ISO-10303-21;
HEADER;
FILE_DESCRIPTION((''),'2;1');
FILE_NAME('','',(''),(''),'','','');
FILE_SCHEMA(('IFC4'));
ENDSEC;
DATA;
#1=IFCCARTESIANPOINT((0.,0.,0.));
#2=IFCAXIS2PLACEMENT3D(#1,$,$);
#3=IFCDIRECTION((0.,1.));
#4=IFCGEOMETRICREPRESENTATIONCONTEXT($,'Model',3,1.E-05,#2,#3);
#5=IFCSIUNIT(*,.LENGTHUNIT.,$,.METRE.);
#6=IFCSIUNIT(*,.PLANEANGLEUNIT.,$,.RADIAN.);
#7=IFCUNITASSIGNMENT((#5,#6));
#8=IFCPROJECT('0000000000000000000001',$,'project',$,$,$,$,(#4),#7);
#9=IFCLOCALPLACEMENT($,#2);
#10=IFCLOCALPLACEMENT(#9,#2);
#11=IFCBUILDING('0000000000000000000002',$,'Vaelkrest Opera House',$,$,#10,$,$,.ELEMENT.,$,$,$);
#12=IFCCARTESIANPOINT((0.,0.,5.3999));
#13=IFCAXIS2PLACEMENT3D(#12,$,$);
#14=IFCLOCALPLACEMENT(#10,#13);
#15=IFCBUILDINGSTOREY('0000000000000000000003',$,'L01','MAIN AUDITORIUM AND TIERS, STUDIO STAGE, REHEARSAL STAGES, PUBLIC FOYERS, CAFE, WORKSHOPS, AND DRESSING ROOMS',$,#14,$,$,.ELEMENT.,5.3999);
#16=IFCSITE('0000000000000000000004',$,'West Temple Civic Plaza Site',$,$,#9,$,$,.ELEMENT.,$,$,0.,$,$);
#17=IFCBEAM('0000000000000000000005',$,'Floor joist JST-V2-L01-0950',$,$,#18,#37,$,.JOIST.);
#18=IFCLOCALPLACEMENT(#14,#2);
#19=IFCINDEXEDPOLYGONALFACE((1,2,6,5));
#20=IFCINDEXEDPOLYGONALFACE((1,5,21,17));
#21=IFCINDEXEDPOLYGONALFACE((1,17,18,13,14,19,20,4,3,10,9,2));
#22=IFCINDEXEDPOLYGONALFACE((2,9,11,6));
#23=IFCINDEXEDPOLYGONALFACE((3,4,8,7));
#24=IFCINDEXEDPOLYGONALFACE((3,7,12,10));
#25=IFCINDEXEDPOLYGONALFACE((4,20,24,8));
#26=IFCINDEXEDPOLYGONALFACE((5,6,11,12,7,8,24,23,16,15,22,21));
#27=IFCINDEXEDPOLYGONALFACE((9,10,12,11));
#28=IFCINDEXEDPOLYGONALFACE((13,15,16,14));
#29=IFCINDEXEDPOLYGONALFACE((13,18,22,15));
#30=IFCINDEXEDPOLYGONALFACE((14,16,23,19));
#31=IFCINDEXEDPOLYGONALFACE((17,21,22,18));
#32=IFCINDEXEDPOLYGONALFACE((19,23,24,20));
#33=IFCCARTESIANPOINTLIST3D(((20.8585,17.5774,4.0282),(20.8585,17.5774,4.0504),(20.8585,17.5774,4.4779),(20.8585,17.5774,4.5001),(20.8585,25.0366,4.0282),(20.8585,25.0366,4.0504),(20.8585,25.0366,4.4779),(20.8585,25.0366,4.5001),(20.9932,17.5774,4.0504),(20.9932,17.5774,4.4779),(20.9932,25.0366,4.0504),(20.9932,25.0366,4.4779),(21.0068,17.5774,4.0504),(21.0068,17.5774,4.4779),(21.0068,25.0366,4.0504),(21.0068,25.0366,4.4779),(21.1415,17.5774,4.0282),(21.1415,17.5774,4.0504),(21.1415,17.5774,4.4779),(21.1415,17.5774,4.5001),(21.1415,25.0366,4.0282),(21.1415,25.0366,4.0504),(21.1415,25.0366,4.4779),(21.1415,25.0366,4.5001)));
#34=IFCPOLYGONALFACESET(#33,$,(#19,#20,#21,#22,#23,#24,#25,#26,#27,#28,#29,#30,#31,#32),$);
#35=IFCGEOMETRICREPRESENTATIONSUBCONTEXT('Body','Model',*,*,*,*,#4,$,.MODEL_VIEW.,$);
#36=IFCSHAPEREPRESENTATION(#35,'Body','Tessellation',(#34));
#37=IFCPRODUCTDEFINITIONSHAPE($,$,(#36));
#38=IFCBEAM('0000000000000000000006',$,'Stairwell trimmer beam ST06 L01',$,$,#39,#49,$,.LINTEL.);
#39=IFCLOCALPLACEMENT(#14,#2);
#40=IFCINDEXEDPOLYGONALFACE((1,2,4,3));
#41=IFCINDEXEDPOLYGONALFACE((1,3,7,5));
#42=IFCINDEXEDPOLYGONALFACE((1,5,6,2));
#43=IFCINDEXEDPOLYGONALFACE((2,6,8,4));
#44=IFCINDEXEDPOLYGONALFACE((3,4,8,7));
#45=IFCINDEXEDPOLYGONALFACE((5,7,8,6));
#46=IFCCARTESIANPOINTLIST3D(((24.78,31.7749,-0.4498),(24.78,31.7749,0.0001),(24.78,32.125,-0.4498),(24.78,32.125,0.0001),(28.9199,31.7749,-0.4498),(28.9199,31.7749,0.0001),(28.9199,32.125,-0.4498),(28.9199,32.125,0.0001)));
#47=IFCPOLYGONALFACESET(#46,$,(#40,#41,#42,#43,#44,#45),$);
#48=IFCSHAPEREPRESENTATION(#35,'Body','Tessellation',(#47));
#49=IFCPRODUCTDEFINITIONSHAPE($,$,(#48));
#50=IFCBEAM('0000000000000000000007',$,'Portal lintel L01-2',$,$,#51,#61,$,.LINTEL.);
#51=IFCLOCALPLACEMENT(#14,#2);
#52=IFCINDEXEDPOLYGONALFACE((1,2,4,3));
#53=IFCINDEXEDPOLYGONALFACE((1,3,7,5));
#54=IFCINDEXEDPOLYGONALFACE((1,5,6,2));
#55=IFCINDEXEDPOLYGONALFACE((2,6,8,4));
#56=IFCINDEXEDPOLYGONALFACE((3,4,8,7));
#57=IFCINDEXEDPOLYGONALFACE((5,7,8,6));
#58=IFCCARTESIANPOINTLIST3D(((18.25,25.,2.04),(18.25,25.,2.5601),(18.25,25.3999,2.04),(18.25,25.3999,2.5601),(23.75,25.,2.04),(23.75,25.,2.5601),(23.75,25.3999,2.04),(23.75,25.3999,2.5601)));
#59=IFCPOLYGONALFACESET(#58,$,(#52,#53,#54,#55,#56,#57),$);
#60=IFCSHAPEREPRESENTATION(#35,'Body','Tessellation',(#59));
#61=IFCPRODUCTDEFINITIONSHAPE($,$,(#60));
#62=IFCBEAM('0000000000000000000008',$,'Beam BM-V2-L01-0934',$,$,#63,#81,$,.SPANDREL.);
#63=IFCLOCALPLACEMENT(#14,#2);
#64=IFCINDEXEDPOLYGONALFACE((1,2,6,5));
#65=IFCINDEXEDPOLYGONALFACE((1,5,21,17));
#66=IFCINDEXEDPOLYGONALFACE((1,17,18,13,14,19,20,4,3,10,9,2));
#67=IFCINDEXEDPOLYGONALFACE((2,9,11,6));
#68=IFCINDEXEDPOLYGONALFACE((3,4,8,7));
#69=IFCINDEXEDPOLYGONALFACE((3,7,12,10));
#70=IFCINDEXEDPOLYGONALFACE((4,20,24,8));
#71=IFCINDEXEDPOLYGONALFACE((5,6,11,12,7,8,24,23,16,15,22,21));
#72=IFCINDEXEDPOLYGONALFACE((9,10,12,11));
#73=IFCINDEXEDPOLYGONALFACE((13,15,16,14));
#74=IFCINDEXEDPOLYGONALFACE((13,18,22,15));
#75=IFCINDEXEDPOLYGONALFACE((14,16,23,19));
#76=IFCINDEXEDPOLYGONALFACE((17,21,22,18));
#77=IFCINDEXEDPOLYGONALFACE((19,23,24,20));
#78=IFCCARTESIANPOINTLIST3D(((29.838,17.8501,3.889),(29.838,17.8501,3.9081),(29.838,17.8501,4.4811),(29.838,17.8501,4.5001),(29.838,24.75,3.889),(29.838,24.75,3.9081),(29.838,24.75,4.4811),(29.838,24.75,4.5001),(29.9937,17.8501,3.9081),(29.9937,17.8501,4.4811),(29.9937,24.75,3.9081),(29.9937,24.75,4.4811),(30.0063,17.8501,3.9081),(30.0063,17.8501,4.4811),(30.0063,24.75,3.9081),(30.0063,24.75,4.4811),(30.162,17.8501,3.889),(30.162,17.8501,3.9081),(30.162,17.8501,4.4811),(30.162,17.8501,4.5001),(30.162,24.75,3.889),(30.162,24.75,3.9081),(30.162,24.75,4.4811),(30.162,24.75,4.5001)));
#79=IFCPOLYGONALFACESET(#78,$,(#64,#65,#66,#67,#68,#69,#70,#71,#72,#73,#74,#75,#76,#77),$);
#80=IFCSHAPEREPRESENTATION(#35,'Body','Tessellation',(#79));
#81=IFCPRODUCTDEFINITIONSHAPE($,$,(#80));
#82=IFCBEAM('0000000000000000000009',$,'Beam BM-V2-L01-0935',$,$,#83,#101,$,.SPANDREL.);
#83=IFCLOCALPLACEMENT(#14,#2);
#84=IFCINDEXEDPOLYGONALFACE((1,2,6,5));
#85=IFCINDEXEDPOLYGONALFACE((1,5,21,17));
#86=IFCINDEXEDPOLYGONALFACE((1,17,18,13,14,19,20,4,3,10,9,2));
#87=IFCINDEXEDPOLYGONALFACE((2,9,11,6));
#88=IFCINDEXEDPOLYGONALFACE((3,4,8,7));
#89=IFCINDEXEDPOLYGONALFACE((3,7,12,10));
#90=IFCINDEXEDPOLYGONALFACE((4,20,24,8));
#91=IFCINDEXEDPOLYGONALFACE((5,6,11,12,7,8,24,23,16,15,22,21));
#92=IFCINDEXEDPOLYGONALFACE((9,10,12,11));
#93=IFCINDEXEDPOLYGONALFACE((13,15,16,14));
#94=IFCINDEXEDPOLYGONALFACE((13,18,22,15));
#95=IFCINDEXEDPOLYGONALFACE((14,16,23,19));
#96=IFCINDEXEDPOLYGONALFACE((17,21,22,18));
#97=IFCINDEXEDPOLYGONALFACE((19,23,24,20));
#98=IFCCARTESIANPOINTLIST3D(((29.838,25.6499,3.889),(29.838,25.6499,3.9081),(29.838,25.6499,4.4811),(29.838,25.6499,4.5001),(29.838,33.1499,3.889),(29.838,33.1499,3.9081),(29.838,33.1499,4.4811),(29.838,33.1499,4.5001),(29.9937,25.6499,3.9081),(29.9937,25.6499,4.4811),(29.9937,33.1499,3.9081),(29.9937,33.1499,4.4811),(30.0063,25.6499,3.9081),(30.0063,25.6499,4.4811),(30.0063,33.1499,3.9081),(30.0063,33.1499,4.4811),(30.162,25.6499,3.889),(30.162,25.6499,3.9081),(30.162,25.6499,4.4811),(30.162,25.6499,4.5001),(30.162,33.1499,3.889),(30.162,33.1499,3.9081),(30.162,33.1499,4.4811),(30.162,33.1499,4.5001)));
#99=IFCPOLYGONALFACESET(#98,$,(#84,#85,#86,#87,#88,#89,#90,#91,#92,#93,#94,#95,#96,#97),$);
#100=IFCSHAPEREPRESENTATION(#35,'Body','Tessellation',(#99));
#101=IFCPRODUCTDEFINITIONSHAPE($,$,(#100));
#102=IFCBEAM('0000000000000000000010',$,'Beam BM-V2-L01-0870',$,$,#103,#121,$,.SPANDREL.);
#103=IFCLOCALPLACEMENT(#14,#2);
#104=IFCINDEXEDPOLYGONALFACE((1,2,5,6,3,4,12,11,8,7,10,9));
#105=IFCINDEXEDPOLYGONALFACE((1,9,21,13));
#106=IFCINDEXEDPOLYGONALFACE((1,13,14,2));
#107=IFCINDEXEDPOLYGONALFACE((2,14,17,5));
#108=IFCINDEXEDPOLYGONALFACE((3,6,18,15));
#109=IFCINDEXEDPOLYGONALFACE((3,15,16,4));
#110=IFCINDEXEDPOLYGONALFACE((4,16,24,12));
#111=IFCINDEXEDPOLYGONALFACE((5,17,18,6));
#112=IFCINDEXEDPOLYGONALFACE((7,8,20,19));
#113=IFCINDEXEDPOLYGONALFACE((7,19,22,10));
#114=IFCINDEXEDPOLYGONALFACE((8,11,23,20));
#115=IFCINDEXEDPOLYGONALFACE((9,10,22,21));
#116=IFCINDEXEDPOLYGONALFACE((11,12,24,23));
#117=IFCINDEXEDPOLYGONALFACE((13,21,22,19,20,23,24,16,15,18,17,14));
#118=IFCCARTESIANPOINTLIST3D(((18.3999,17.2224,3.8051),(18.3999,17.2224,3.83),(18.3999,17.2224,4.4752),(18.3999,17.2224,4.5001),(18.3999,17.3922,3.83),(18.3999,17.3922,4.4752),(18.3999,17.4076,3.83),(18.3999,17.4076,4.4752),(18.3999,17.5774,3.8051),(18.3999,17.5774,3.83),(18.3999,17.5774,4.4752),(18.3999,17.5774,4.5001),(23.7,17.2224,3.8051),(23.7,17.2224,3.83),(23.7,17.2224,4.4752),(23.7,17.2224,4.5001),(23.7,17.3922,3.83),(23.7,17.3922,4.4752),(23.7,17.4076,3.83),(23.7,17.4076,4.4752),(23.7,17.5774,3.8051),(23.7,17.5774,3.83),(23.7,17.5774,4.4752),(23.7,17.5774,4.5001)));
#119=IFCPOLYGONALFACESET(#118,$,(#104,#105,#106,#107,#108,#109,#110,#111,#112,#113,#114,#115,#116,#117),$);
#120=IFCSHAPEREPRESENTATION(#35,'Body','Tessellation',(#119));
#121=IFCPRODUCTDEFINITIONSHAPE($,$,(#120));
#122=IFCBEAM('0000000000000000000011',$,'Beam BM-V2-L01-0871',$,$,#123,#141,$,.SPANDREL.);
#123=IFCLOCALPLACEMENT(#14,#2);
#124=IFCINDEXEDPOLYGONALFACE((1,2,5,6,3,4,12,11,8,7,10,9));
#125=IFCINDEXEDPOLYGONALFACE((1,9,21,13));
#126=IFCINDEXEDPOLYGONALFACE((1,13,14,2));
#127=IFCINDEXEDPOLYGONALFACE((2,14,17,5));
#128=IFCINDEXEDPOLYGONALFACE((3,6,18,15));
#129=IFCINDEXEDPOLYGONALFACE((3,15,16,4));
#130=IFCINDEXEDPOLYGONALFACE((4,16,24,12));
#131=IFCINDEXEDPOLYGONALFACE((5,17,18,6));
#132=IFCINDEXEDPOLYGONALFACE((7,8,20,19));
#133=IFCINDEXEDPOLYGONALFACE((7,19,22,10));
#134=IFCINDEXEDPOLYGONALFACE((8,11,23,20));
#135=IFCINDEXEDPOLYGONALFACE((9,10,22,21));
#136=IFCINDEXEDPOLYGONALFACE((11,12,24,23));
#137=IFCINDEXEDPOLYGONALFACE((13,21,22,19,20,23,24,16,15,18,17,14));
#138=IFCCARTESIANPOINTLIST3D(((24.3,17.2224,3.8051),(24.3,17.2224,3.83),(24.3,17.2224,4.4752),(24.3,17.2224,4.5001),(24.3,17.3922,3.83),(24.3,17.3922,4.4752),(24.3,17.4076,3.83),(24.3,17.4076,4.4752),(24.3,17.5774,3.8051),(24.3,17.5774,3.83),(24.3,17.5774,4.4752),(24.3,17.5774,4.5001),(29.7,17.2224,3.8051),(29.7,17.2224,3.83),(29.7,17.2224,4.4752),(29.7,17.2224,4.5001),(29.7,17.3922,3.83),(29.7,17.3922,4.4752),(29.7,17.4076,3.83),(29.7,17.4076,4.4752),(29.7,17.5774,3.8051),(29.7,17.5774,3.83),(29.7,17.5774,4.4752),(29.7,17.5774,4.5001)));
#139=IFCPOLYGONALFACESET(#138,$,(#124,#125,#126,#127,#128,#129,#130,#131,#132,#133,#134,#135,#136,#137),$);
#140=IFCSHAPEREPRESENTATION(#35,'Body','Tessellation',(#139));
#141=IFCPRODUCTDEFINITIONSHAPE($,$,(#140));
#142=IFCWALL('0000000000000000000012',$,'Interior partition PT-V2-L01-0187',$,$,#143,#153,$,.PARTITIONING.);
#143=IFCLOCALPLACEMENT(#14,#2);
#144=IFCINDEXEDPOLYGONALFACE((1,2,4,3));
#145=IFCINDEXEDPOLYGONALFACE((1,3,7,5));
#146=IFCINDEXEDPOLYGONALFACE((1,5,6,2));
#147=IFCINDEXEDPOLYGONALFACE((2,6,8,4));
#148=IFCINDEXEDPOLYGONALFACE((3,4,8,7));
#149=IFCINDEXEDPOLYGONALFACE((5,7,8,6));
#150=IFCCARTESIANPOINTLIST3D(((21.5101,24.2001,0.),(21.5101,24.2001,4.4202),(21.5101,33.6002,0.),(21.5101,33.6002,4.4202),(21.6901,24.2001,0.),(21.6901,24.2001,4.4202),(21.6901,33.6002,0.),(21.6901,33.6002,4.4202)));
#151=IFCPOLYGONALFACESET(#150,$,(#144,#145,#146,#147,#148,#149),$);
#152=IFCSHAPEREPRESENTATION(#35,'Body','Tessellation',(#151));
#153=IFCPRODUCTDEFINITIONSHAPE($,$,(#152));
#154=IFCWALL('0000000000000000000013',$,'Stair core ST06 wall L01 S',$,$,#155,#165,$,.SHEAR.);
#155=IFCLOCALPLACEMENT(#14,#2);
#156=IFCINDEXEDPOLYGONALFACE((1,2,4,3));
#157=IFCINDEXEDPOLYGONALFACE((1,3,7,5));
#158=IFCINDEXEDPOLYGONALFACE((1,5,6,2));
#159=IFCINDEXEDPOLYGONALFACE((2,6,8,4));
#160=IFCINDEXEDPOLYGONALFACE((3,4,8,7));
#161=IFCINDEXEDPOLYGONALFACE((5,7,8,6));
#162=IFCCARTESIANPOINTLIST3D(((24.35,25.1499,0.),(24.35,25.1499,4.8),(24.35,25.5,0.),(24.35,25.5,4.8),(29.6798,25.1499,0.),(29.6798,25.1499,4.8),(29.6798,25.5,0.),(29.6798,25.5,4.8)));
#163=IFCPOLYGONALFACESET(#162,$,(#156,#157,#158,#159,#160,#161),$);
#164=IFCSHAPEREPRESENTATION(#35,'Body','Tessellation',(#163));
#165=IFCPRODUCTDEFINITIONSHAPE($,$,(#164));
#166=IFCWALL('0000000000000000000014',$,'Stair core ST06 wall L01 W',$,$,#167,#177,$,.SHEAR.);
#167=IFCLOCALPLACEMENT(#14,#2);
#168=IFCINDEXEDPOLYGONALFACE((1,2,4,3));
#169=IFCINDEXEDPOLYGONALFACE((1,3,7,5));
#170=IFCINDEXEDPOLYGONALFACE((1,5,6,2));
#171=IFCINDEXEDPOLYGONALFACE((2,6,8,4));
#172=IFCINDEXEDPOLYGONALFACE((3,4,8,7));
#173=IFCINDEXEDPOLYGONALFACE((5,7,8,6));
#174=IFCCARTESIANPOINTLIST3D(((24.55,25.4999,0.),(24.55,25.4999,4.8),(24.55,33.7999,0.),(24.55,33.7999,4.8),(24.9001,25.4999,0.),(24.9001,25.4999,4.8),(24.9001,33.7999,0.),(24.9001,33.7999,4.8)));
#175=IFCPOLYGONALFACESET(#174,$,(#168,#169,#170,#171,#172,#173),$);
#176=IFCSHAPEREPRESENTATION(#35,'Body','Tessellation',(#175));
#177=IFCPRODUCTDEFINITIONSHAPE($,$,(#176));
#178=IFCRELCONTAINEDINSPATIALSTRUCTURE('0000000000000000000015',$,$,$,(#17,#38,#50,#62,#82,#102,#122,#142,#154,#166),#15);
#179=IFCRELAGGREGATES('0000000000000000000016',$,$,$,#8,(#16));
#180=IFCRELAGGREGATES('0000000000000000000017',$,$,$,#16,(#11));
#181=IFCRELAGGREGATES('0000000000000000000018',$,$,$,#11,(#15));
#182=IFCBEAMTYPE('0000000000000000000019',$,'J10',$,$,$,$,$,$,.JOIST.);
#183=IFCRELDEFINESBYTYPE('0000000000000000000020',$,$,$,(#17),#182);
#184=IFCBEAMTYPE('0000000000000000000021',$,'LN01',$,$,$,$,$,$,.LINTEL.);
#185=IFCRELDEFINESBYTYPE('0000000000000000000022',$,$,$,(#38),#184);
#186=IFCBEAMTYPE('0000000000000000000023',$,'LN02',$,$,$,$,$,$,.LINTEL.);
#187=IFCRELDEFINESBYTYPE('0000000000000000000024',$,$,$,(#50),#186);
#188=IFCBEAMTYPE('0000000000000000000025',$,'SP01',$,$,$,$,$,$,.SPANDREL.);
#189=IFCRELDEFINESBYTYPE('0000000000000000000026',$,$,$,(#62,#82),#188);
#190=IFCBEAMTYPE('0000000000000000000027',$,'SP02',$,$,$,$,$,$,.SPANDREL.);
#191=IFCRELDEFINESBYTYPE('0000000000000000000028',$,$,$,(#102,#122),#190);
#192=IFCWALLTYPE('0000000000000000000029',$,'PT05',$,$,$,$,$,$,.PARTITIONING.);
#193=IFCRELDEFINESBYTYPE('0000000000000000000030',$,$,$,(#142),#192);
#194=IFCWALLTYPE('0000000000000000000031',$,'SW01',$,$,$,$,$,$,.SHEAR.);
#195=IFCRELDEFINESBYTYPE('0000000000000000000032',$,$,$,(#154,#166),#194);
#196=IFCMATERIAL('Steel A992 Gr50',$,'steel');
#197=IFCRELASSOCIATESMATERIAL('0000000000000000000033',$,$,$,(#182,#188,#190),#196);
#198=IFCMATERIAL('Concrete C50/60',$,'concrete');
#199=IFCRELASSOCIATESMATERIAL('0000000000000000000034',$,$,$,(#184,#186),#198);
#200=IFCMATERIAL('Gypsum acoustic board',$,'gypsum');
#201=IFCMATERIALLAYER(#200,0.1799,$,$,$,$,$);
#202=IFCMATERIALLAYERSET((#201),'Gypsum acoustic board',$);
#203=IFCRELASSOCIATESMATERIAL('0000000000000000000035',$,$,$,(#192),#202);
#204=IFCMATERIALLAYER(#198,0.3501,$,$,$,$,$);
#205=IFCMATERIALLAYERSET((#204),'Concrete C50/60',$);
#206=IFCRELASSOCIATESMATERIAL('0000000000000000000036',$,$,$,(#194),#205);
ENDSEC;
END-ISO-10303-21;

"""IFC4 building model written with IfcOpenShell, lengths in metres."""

from ifc_helpers import new_model, si_unit, direction, frame, frame_2d, origin, origin_2d, place, context, subcontext, project, spatial, rectangle, i_section, extrude, material, layer, layer_set, material_profile, profile_set, type_object, element, save


model = new_model("IFC4")

# Units and contexts
model_context = context("Model", 3, precision=1e-05, world=origin(), true_north=direction((0.0, 1.0)))
body_context = subcontext(model_context, "Body", "Model", "MODEL_VIEW")
ifc_project = project(units=[si_unit("LENGTHUNIT", "METRE"), si_unit("PLANEANGLEUNIT", "RADIAN")], contexts=[model_context])

# Site, building, storey
site_placement = place(None, origin())
site = spatial("IfcSite", under=ifc_project, at=site_placement, Name="West Temple Civic Plaza Site", CompositionType="ELEMENT", RefElevation=0.0)
building_placement = place(site_placement, origin())
building = spatial("IfcBuilding", under=site, at=building_placement, Name="Vaelkrest Opera House", CompositionType="ELEMENT")
storey_placement = place(building_placement, frame((0.0, 0.0, 5.3999)))
storey = spatial("IfcBuildingStorey", under=building, at=storey_placement, Name="L01", Description="MAIN AUDITORIUM AND TIERS, STUDIO STAGE, REHEARSAL STAGES, PUBLIC FOYERS, CAFE, WORKSHOPS, AND DRESSING ROOMS", CompositionType="ELEMENT", Elevation=5.3999)

# Shared definitions
ifc_material_1 = material(Name="Concrete C50/60", Category="concrete")

# Beams
ifc_material_2 = material(Name="Steel A992 Gr50", Category="steel")
ifc_material_profile_1 = material_profile(ifc_material_2, i_section(OverallWidth=0.283, OverallDepth=0.4719, WebThickness=0.0137, FlangeThickness=0.0222, at=origin_2d()), Name="W18X97")
ifc_profile_set_1 = profile_set([ifc_material_profile_1], Name="Steel A992 Gr50")
beam_type_1 = type_object("IfcBeamType", Name="J10", PredefinedType="JOIST", material=ifc_profile_set_1)
beam_1_placement = place(storey_placement, frame((21.0, 17.5774, 4.2642), z_axis=(0.0, 1.0, 0.0), x_axis=(-1.0, 0.0, 0.0)))
element("IfcBeam", 1, at=beam_1_placement, inside=storey, type_object=beam_type_1, Name="Floor joist JST-V2-L01-0950", PredefinedType="JOIST", context=body_context, shape_type="SweptSolid", body=[
    extrude(i_section(OverallWidth=0.283, OverallDepth=0.4719, WebThickness=0.0137, FlangeThickness=0.0222, at=origin_2d()), origin(), (0.0, 0.0, 1.0), 7.4592),
])
ifc_material_profile_2 = material_profile(ifc_material_1, rectangle(XDim=0.3501, YDim=0.45, at=origin_2d()), Name="RCB350X450")
ifc_profile_set_2 = profile_set([ifc_material_profile_2], Name="Concrete C50/60")
beam_type_2 = type_object("IfcBeamType", Name="LN01", PredefinedType="LINTEL", material=ifc_profile_set_2)
beam_2_placement = place(storey_placement, frame((24.78, 31.95, -0.2249), z_axis=(1.0, 0.0, 0.0), x_axis=(0.0, 1.0, 0.0)))
element("IfcBeam", 2, at=beam_2_placement, inside=storey, type_object=beam_type_2, Name="Stairwell trimmer beam ST06 L01", PredefinedType="LINTEL", context=body_context, shape_type="SweptSolid", body=[
    extrude(rectangle(XDim=0.3501, YDim=0.45, at=origin_2d()), origin(), (0.0, 0.0, 1.0), 4.1399),
])
ifc_material_profile_3 = material_profile(ifc_material_1, rectangle(XDim=0.3999, YDim=0.52, at=origin_2d()), Name="RCB400X520")
ifc_profile_set_3 = profile_set([ifc_material_profile_3], Name="Concrete C50/60")
beam_type_3 = type_object("IfcBeamType", Name="LN02", PredefinedType="LINTEL", material=ifc_profile_set_3)
beam_3_placement = place(storey_placement, frame((18.25, 25.2, 2.3), z_axis=(1.0, 0.0, 0.0), x_axis=(0.0, 1.0, 0.0)))
element("IfcBeam", 3, at=beam_3_placement, inside=storey, type_object=beam_type_3, Name="Portal lintel L01-2", PredefinedType="LINTEL", context=body_context, shape_type="SweptSolid", body=[
    extrude(rectangle(XDim=0.3999, YDim=0.52, at=origin_2d()), origin(), (0.0, 0.0, 1.0), 5.5),
])
ifc_material_profile_4 = material_profile(ifc_material_2, i_section(OverallWidth=0.324, OverallDepth=0.6111, WebThickness=0.0127, FlangeThickness=0.019, at=origin_2d()), Name="W24X104")
ifc_profile_set_4 = profile_set([ifc_material_profile_4], Name="Steel A992 Gr50")
beam_type_4 = type_object("IfcBeamType", Name="SP01", PredefinedType="SPANDREL", material=ifc_profile_set_4)
beam_4_placement = place(storey_placement, frame((30.0, 17.8501, 4.1946), z_axis=(0.0, 1.0, 0.0), x_axis=(-1.0, 0.0, 0.0)))
element("IfcBeam", 4, at=beam_4_placement, inside=storey, type_object=beam_type_4, Name="Beam BM-V2-L01-0934", PredefinedType="SPANDREL", context=body_context, shape_type="SweptSolid", body=[
    extrude(i_section(OverallWidth=0.324, OverallDepth=0.6111, WebThickness=0.0127, FlangeThickness=0.019, at=origin_2d()), origin(), (0.0, 0.0, 1.0), 6.8999),
])
beam_5_placement = place(storey_placement, frame((30.0, 25.6499, 4.1946), z_axis=(0.0, 1.0, 0.0), x_axis=(-1.0, 0.0, 0.0)))
element("IfcBeam", 5, at=beam_5_placement, inside=storey, type_object=beam_type_4, Name="Beam BM-V2-L01-0935", PredefinedType="SPANDREL", context=body_context, shape_type="SweptSolid", body=[
    extrude(i_section(OverallWidth=0.324, OverallDepth=0.6111, WebThickness=0.0127, FlangeThickness=0.019, at=origin_2d()), origin(), (0.0, 0.0, 1.0), 7.5),
])
ifc_material_profile_5 = material_profile(ifc_material_2, i_section(OverallWidth=0.355, OverallDepth=0.6951, WebThickness=0.0154, FlangeThickness=0.0249, at=origin_2d()), Name="W27X146")
ifc_profile_set_5 = profile_set([ifc_material_profile_5], Name="Steel A992 Gr50")
beam_type_5 = type_object("IfcBeamType", Name="SP02", PredefinedType="SPANDREL", material=ifc_profile_set_5)
beam_6_placement = place(storey_placement, frame((18.3999, 17.3999, 4.1526), z_axis=(1.0, 0.0, 0.0), x_axis=(0.0, 1.0, 0.0)))
element("IfcBeam", 6, at=beam_6_placement, inside=storey, type_object=beam_type_5, Name="Beam BM-V2-L01-0870", PredefinedType="SPANDREL", context=body_context, shape_type="SweptSolid", body=[
    extrude(i_section(OverallWidth=0.355, OverallDepth=0.6951, WebThickness=0.0154, FlangeThickness=0.0249, at=origin_2d()), origin(), (0.0, 0.0, 1.0), 5.3),
])
beam_7_placement = place(storey_placement, frame((24.3, 17.3999, 4.1526), z_axis=(1.0, 0.0, 0.0), x_axis=(0.0, 1.0, 0.0)))
element("IfcBeam", 7, at=beam_7_placement, inside=storey, type_object=beam_type_5, Name="Beam BM-V2-L01-0871", PredefinedType="SPANDREL", context=body_context, shape_type="SweptSolid", body=[
    extrude(i_section(OverallWidth=0.355, OverallDepth=0.6951, WebThickness=0.0154, FlangeThickness=0.0249, at=origin_2d()), origin(), (0.0, 0.0, 1.0), 5.3999),
])

# Walls
ifc_material_3 = material(Name="Gypsum acoustic board", Category="gypsum")
ifc_layer_1 = layer(ifc_material_3, 0.1799)
ifc_layer_set_1 = layer_set([ifc_layer_1], Name="Gypsum acoustic board")
wall_type_1 = type_object("IfcWallType", Name="PT05", PredefinedType="PARTITIONING", material=ifc_layer_set_1)
wall_1_placement = place(storey_placement, frame((21.6001, 24.2, 0.0), z_axis=(0.0, 0.0, 1.0), x_axis=(0.0, 1.0, 0.0)))
element("IfcWall", 8, at=wall_1_placement, inside=storey, type_object=wall_type_1, Name="Interior partition PT-V2-L01-0187", PredefinedType="PARTITIONING", context=body_context, shape_type="SweptSolid", body=[
    extrude(rectangle(XDim=9.4001, YDim=0.1799, at=frame_2d((4.7002, 0.0))), origin(), (0.0, 0.0, 1.0), 4.4202),
])
ifc_layer_2 = layer(ifc_material_1, 0.3501)
ifc_layer_set_2 = layer_set([ifc_layer_2], Name="Concrete C50/60")
wall_type_2 = type_object("IfcWallType", Name="SW01", PredefinedType="SHEAR", material=ifc_layer_set_2)
wall_2_placement = place(storey_placement, frame((29.6799, 25.325, 0.0), z_axis=(0.0, 0.0, 1.0), x_axis=(-1.0, 0.0, 0.0)))
element("IfcWall", 9, at=wall_2_placement, inside=storey, type_object=wall_type_2, Name="Stair core ST06 wall L01 S", PredefinedType="SHEAR", context=body_context, shape_type="SweptSolid", body=[
    extrude(rectangle(XDim=5.3298, YDim=0.3501, at=frame_2d((2.665, 0.0))), origin(), (0.0, 0.0, 1.0), 4.8),
])
wall_3_placement = place(storey_placement, frame((24.7251, 25.5, 0.0), z_axis=(0.0, 0.0, 1.0), x_axis=(0.0, 1.0, 0.0)))
element("IfcWall", 10, at=wall_3_placement, inside=storey, type_object=wall_type_2, Name="Stair core ST06 wall L01 W", PredefinedType="SHEAR", context=body_context, shape_type="SweptSolid", body=[
    extrude(rectangle(XDim=8.3, YDim=0.3501, at=frame_2d((4.1499, 0.0))), origin(), (0.0, 0.0, 1.0), 4.8),
])

save(model, "model.ifc")
